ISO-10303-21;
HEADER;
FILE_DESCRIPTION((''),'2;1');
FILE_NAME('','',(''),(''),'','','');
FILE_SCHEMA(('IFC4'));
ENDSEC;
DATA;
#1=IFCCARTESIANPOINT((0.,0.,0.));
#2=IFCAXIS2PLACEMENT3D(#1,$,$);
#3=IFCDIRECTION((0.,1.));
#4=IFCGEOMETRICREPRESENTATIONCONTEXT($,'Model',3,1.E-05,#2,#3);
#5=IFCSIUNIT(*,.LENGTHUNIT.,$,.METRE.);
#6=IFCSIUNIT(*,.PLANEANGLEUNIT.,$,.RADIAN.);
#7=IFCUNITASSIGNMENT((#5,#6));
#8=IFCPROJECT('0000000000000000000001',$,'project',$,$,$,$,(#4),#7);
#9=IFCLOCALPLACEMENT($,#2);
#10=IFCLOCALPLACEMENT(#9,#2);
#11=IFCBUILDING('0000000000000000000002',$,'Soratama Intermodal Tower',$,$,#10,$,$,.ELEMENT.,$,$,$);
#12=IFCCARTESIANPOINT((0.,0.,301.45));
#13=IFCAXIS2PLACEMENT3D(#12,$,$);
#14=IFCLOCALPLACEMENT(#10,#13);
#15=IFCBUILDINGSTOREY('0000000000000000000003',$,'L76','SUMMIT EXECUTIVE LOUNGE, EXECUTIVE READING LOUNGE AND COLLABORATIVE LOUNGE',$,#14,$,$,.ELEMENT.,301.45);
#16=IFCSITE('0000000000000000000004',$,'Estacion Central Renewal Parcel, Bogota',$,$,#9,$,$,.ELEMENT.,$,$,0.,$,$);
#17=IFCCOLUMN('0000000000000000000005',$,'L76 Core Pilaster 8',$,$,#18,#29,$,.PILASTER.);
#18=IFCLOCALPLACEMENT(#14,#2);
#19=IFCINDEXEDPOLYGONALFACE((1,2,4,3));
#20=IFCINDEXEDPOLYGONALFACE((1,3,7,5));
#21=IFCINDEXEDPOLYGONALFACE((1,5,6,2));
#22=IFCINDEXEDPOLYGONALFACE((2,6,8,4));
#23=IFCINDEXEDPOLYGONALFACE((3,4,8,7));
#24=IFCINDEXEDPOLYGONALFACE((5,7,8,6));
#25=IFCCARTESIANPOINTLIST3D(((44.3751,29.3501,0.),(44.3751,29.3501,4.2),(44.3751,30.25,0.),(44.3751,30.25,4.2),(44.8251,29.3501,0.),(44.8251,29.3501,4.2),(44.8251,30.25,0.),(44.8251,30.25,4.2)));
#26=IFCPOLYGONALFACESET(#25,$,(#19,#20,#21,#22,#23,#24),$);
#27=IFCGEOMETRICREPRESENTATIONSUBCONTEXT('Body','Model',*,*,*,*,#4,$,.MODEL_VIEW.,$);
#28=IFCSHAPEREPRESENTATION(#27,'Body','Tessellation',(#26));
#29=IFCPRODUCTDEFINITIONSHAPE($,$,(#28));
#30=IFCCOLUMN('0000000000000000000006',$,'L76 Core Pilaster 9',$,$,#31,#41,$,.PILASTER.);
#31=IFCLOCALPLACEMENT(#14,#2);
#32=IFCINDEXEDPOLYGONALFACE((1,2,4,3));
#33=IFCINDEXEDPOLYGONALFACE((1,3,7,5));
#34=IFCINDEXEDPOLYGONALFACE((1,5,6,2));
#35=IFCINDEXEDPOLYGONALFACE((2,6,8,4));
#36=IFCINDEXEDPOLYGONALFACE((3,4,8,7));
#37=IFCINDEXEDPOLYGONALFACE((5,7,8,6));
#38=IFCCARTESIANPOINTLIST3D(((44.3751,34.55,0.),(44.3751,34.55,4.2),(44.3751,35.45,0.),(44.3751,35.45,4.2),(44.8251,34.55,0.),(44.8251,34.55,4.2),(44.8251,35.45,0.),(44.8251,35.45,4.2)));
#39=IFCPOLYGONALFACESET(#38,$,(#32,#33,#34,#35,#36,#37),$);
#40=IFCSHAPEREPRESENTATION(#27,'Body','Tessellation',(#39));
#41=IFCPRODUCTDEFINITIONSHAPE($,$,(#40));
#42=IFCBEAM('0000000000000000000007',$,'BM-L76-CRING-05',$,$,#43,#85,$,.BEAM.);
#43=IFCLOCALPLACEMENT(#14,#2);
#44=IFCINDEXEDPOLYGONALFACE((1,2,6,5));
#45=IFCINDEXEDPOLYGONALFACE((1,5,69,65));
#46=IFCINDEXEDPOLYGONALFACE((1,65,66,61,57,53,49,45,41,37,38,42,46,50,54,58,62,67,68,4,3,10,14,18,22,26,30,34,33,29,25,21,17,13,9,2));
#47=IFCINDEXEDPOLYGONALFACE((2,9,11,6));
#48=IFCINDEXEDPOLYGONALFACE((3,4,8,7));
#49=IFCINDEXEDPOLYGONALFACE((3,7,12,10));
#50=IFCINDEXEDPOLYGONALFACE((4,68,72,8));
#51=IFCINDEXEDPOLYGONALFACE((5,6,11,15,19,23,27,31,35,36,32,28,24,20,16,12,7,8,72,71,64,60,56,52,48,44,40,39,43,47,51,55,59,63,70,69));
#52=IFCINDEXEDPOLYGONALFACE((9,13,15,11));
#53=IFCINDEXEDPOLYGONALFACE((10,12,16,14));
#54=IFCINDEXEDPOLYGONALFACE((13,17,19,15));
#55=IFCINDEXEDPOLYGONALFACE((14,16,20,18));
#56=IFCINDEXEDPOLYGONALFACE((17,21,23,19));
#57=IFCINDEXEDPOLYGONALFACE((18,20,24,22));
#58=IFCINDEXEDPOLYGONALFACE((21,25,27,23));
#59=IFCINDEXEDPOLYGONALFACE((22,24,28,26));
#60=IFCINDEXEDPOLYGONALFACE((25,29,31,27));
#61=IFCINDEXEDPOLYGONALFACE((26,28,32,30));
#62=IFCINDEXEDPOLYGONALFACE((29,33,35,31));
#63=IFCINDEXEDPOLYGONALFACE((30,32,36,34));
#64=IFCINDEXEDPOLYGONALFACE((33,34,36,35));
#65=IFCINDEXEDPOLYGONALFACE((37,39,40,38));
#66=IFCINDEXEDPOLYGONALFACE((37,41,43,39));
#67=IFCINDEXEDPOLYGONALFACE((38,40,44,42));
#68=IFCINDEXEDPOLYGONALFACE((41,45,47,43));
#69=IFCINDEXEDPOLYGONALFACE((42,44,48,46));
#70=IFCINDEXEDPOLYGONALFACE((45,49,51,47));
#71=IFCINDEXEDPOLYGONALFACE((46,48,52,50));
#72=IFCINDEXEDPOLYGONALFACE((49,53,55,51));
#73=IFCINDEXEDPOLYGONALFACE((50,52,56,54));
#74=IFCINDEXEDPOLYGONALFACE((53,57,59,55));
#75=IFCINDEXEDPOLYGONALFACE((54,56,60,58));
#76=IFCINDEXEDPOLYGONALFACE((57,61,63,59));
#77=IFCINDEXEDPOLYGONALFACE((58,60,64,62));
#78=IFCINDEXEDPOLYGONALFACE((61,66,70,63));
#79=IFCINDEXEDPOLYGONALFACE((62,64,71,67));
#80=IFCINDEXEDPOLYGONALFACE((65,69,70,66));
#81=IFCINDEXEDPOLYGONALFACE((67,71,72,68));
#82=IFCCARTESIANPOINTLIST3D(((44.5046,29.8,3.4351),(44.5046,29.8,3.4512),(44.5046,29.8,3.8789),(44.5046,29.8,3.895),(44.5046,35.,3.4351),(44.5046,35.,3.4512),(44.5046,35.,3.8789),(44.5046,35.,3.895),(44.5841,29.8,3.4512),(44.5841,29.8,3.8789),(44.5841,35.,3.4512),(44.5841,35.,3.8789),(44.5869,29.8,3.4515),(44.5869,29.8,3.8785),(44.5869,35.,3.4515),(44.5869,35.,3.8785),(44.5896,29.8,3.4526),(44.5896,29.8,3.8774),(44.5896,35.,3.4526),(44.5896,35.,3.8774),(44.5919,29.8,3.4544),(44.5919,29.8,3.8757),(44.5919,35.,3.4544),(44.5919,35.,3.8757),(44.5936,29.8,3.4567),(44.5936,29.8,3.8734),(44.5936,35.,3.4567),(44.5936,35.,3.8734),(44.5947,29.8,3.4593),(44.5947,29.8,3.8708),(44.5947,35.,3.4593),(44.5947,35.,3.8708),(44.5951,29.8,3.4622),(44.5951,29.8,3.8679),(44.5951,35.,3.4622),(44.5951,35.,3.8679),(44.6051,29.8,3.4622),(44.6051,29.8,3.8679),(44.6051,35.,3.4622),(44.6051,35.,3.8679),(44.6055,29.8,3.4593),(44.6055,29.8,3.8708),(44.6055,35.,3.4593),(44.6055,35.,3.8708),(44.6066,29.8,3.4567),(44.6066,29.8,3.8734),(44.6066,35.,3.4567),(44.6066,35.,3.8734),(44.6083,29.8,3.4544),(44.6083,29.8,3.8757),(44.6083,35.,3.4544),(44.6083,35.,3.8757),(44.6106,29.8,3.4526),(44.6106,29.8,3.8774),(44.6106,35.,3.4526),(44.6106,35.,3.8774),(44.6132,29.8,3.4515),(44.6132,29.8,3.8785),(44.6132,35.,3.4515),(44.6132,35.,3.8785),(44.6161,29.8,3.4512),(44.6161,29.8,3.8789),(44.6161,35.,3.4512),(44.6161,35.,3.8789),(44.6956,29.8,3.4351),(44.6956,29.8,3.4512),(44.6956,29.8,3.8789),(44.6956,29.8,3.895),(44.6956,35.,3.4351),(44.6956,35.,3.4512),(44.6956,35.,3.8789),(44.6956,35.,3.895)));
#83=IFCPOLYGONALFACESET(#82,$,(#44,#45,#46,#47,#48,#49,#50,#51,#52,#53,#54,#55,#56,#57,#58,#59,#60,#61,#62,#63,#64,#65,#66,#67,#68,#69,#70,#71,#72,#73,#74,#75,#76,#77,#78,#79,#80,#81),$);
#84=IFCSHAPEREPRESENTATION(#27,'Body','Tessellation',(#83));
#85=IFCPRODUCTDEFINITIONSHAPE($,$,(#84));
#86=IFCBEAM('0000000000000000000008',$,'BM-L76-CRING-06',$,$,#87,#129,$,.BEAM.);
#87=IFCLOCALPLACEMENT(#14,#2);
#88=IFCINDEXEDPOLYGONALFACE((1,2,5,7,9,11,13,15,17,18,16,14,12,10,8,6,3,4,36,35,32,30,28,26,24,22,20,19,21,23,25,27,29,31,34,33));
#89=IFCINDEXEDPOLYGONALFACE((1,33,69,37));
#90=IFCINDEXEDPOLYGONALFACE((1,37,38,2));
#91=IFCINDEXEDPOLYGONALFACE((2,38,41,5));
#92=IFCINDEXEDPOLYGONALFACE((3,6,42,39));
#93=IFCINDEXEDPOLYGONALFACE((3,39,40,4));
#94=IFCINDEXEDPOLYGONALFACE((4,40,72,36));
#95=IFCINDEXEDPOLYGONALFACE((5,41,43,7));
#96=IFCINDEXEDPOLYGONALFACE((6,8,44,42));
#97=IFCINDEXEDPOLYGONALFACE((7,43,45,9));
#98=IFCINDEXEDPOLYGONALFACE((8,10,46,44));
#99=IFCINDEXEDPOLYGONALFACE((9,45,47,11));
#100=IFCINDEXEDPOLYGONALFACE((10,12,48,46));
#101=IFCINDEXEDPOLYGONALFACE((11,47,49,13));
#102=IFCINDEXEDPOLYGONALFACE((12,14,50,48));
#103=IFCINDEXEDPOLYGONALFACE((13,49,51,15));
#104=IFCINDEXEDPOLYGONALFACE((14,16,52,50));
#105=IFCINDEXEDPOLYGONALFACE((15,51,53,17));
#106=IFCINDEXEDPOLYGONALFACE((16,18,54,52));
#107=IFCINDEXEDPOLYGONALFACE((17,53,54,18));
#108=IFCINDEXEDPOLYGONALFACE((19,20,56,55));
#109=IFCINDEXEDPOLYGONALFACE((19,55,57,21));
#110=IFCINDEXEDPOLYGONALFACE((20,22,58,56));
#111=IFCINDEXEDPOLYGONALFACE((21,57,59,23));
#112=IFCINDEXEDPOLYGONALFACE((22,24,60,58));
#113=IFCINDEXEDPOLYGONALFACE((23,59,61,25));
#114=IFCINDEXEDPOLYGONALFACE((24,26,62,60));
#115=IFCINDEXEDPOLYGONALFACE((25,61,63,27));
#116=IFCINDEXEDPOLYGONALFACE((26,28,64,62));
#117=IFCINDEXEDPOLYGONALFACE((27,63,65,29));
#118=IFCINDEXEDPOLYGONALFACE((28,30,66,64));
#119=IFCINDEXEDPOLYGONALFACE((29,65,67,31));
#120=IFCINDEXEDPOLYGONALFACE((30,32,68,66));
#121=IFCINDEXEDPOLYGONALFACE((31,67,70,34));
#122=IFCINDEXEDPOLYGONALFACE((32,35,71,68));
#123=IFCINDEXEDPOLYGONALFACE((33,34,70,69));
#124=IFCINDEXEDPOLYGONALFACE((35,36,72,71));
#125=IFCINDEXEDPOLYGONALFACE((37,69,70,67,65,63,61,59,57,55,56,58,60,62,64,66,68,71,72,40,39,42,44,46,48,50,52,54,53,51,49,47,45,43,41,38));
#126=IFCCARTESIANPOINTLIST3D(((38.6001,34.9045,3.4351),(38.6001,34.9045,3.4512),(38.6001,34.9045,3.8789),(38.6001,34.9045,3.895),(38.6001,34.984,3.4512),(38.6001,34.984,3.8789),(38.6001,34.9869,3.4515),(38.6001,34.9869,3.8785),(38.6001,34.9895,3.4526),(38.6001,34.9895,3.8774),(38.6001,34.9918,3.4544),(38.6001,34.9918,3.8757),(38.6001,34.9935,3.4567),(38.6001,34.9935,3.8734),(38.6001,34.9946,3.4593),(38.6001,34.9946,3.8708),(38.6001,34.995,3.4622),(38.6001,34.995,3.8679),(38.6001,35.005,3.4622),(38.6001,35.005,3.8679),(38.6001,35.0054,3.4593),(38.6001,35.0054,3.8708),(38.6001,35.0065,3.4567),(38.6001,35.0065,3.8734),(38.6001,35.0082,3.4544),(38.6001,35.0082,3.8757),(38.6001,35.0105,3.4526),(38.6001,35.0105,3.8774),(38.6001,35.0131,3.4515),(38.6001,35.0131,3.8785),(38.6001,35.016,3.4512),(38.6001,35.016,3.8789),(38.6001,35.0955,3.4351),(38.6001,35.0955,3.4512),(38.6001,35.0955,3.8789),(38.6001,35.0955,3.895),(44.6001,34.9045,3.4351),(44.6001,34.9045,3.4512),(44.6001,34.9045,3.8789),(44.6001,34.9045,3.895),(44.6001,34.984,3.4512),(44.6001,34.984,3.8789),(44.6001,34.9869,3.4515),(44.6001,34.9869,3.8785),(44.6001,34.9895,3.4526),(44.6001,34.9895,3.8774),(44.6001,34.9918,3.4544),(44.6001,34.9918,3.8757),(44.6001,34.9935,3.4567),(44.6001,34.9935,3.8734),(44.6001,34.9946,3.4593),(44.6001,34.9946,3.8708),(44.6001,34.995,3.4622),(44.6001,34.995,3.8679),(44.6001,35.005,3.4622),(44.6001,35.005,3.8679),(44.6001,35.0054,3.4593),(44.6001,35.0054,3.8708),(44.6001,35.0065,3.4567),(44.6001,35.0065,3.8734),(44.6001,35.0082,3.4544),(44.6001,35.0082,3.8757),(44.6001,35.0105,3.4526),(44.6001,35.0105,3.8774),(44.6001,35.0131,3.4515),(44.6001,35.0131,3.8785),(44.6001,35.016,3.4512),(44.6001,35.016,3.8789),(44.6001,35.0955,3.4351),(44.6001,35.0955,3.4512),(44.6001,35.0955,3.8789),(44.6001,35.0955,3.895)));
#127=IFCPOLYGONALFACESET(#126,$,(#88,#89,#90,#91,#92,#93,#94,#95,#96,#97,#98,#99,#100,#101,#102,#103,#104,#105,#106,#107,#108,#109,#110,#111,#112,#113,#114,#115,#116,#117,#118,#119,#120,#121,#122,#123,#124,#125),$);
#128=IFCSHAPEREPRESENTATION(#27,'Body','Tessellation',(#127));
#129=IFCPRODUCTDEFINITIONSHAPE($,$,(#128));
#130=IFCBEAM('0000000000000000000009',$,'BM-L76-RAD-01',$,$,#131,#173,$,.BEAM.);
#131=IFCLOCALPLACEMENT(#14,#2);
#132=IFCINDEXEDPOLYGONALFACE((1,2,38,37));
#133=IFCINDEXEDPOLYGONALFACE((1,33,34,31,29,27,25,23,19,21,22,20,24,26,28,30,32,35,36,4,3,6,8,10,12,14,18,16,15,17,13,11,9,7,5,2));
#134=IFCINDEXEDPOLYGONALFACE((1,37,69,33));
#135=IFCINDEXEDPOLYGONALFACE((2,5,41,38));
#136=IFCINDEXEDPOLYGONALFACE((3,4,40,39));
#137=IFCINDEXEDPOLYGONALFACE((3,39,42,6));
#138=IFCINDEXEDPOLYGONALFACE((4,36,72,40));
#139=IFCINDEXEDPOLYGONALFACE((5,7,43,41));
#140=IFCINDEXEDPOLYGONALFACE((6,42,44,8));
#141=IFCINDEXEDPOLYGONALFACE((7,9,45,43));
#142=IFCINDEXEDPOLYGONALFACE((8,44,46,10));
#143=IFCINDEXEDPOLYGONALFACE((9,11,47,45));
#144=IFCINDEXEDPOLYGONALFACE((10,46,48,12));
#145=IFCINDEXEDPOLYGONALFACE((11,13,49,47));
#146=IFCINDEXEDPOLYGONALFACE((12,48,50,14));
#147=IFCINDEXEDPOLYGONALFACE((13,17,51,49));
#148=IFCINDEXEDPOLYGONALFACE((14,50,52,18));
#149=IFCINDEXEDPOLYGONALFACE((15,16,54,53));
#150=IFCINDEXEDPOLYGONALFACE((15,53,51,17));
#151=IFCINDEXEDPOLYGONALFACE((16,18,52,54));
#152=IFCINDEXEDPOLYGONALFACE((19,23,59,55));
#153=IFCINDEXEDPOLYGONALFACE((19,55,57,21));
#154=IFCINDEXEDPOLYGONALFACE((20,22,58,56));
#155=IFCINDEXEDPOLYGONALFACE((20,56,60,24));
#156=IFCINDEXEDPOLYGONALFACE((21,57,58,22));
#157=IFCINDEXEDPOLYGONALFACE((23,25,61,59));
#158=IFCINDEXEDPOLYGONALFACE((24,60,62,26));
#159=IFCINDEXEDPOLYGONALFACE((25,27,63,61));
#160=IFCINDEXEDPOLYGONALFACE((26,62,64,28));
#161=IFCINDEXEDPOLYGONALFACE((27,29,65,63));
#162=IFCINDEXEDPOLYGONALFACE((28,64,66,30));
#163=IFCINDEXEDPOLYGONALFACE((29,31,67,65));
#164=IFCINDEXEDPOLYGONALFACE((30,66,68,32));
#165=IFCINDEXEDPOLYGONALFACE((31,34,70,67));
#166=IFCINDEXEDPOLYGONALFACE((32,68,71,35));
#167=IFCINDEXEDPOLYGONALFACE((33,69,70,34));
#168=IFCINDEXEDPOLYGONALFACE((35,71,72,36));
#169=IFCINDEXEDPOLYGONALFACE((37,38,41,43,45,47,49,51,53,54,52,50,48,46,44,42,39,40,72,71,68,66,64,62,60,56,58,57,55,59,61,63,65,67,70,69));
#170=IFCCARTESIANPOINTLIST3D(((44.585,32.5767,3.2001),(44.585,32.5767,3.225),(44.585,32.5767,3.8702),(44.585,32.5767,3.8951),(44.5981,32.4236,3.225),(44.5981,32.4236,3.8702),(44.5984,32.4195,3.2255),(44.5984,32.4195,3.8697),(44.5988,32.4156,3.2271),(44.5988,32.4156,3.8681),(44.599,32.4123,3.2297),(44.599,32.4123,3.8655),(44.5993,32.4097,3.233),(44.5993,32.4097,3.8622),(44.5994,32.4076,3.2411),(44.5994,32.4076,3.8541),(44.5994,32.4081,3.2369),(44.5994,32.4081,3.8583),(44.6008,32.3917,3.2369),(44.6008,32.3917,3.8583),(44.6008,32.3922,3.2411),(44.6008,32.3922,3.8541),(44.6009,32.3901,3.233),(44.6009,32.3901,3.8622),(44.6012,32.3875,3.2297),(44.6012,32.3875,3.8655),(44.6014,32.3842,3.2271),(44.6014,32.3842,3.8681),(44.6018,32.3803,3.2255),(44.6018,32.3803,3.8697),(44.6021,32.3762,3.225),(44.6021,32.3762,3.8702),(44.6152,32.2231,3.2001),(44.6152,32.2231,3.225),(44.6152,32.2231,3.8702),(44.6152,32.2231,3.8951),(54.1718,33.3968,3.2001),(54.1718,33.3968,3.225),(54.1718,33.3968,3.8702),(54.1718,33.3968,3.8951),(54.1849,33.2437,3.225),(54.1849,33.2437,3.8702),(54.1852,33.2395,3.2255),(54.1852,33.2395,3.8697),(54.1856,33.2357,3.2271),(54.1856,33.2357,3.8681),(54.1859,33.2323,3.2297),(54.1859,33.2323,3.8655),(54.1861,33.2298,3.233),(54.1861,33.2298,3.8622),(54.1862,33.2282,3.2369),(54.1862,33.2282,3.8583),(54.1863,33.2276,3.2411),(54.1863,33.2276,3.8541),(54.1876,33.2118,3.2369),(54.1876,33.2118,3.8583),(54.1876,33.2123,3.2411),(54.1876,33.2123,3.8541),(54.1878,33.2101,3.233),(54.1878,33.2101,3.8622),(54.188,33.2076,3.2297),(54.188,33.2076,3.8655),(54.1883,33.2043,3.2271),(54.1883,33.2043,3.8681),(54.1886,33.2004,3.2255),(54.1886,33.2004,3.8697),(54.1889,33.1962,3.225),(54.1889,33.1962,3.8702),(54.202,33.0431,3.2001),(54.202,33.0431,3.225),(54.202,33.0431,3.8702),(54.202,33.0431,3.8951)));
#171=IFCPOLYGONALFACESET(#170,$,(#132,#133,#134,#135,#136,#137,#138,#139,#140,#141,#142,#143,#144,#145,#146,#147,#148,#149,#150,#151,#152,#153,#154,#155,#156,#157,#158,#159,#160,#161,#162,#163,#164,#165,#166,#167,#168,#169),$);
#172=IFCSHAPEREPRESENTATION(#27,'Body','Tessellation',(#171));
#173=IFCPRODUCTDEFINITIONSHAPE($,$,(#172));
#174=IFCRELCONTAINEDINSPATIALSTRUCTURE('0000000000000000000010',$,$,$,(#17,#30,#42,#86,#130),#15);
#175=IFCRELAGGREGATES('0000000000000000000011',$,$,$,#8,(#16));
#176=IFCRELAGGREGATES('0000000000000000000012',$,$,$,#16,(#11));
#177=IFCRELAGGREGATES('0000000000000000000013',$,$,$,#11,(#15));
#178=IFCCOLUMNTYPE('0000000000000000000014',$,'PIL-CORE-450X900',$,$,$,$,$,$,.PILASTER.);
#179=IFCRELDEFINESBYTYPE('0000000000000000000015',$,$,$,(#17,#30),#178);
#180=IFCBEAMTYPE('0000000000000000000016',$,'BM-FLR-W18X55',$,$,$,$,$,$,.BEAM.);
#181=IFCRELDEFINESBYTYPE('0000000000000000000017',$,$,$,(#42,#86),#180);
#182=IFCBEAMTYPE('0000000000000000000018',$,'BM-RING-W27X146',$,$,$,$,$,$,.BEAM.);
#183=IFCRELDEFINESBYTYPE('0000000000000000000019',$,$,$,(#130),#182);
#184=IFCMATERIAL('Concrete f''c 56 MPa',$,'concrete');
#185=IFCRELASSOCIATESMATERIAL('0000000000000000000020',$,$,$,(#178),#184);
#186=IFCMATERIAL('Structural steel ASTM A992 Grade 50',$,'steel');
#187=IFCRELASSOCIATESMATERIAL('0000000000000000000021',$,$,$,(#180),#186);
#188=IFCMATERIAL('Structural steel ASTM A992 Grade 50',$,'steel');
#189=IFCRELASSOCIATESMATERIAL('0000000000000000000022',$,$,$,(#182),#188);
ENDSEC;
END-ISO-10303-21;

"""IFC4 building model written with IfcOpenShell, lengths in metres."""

from ifc_helpers import new_model, si_unit, direction, frame, origin, origin_2d, place, context, subcontext, project, spatial, rectangle, i_section, extrude, material, material_profile, profile_set, type_object, element, save


model = new_model("IFC4")

# Units and contexts
model_context = context("Model", 3, precision=1e-05, world=origin(), true_north=direction((0.0, 1.0)))
body_context = subcontext(model_context, "Body", "Model", "MODEL_VIEW")
ifc_project = project(units=[si_unit("LENGTHUNIT", "METRE"), si_unit("PLANEANGLEUNIT", "RADIAN")], contexts=[model_context])

# Site, building, storey
site_placement = place(None, origin())
site = spatial("IfcSite", under=ifc_project, at=site_placement, Name="Estacion Central Renewal Parcel, Bogota", CompositionType="ELEMENT", RefElevation=0.0)
building_placement = place(site_placement, origin())
building = spatial("IfcBuilding", under=site, at=building_placement, Name="Soratama Intermodal Tower", CompositionType="ELEMENT")
storey_placement = place(building_placement, frame((0.0, 0.0, 301.45)))
storey = spatial("IfcBuildingStorey", under=building, at=storey_placement, Name="L76", Description="SUMMIT EXECUTIVE LOUNGE, EXECUTIVE READING LOUNGE AND COLLABORATIVE LOUNGE", CompositionType="ELEMENT", Elevation=301.45)

# Columns
ifc_material_1 = material(Name="Concrete f'c 56 MPa", Category="concrete")
ifc_material_profile_1 = material_profile(ifc_material_1, rectangle(XDim=0.45, YDim=0.8999, at=origin_2d()), Name="RC450X900")
ifc_profile_set_1 = profile_set([ifc_material_profile_1], Name="Concrete f'c 56 MPa")
column_type = type_object("IfcColumnType", Name="PIL-CORE-450X900", PredefinedType="PILASTER", material=ifc_profile_set_1)
for number, where, z_axis, x_axis, name in (
    (1, (44.6001, 29.8, 0.0), (0.0, 0.0, 1.0), (1.0, 0.0, 0.0), "L76 Core Pilaster 8"),
    (2, (44.6001, 35.0, 0.0), (0.0, 0.0, 1.0), (1.0, 0.0, 0.0), "L76 Core Pilaster 9"),
):
    element("IfcColumn", number, at=place(storey_placement, frame(where, z_axis=z_axis, x_axis=x_axis)), inside=storey, type_object=column_type, Name=name, PredefinedType="PILASTER", context=body_context, shape_type="SweptSolid", body=[
        extrude(rectangle(XDim=0.45, YDim=0.8999, at=origin_2d()), origin(), (0.0, 0.0, 1.0), 4.2),
    ])

# Beams
ifc_material_2 = material(Name="Structural steel ASTM A992 Grade 50", Category="steel")
ifc_material_profile_2 = material_profile(ifc_material_2, i_section(OverallWidth=0.1909, OverallDepth=0.46, WebThickness=0.01, FlangeThickness=0.0161, FilletRadius=0.011, at=origin_2d()), Name="W18X55")
ifc_profile_set_2 = profile_set([ifc_material_profile_2], Name="Structural steel ASTM A992 Grade 50")
beam_type_1 = type_object("IfcBeamType", Name="BM-FLR-W18X55", PredefinedType="BEAM", material=ifc_profile_set_2)
beam_1_placement = place(storey_placement, frame((44.6001, 29.8, 3.665), z_axis=(0.0, 1.0, 0.0), x_axis=(-1.0, 0.0, 0.0)))
element("IfcBeam", 3, at=beam_1_placement, inside=storey, type_object=beam_type_1, Name="BM-L76-CRING-05", PredefinedType="BEAM", context=body_context, shape_type="SweptSolid", body=[
    extrude(i_section(OverallWidth=0.1909, OverallDepth=0.46, WebThickness=0.01, FlangeThickness=0.0161, FilletRadius=0.011, at=origin_2d()), origin(), (0.0, 0.0, 1.0), 5.2),
])
beam_2_placement = place(storey_placement, frame((44.6001, 35.0, 3.665), z_axis=(-1.0, 0.0, 0.0), x_axis=(0.0, -1.0, 0.0)))
element("IfcBeam", 4, at=beam_2_placement, inside=storey, type_object=beam_type_1, Name="BM-L76-CRING-06", PredefinedType="BEAM", context=body_context, shape_type="SweptSolid", body=[
    extrude(i_section(OverallWidth=0.1909, OverallDepth=0.46, WebThickness=0.01, FlangeThickness=0.0161, FilletRadius=0.011, at=origin_2d()), origin(), (0.0, 0.0, 1.0), 6.0),
])
ifc_material_3 = material(Name="Structural steel ASTM A992 Grade 50", Category="steel")
ifc_material_profile_3 = material_profile(ifc_material_3, i_section(OverallWidth=0.355, OverallDepth=0.6951, WebThickness=0.0154, FlangeThickness=0.0249, FilletRadius=0.0161, at=origin_2d()), Name="W27X146")
ifc_profile_set_3 = profile_set([ifc_material_profile_3], Name="Structural steel ASTM A992 Grade 50")
beam_type_2 = type_object("IfcBeamType", Name="BM-RING-W27X146", PredefinedType="BEAM", material=ifc_profile_set_3)
beam_3_placement = place(storey_placement, frame((44.6001, 32.3999, 3.5476), z_axis=(0.996361, 0.085229, 0.0), x_axis=(-0.085229, 0.996361, 0.0)))
element("IfcBeam", 5, at=beam_3_placement, inside=storey, type_object=beam_type_2, Name="BM-L76-RAD-01", PredefinedType="BEAM", context=body_context, shape_type="SweptSolid", body=[
    extrude(i_section(OverallWidth=0.355, OverallDepth=0.6951, WebThickness=0.0154, FlangeThickness=0.0249, FilletRadius=0.0161, at=origin_2d()), origin(), (0.0, 0.0, 1.0), 9.6218),
])

save(model, "model.ifc")
